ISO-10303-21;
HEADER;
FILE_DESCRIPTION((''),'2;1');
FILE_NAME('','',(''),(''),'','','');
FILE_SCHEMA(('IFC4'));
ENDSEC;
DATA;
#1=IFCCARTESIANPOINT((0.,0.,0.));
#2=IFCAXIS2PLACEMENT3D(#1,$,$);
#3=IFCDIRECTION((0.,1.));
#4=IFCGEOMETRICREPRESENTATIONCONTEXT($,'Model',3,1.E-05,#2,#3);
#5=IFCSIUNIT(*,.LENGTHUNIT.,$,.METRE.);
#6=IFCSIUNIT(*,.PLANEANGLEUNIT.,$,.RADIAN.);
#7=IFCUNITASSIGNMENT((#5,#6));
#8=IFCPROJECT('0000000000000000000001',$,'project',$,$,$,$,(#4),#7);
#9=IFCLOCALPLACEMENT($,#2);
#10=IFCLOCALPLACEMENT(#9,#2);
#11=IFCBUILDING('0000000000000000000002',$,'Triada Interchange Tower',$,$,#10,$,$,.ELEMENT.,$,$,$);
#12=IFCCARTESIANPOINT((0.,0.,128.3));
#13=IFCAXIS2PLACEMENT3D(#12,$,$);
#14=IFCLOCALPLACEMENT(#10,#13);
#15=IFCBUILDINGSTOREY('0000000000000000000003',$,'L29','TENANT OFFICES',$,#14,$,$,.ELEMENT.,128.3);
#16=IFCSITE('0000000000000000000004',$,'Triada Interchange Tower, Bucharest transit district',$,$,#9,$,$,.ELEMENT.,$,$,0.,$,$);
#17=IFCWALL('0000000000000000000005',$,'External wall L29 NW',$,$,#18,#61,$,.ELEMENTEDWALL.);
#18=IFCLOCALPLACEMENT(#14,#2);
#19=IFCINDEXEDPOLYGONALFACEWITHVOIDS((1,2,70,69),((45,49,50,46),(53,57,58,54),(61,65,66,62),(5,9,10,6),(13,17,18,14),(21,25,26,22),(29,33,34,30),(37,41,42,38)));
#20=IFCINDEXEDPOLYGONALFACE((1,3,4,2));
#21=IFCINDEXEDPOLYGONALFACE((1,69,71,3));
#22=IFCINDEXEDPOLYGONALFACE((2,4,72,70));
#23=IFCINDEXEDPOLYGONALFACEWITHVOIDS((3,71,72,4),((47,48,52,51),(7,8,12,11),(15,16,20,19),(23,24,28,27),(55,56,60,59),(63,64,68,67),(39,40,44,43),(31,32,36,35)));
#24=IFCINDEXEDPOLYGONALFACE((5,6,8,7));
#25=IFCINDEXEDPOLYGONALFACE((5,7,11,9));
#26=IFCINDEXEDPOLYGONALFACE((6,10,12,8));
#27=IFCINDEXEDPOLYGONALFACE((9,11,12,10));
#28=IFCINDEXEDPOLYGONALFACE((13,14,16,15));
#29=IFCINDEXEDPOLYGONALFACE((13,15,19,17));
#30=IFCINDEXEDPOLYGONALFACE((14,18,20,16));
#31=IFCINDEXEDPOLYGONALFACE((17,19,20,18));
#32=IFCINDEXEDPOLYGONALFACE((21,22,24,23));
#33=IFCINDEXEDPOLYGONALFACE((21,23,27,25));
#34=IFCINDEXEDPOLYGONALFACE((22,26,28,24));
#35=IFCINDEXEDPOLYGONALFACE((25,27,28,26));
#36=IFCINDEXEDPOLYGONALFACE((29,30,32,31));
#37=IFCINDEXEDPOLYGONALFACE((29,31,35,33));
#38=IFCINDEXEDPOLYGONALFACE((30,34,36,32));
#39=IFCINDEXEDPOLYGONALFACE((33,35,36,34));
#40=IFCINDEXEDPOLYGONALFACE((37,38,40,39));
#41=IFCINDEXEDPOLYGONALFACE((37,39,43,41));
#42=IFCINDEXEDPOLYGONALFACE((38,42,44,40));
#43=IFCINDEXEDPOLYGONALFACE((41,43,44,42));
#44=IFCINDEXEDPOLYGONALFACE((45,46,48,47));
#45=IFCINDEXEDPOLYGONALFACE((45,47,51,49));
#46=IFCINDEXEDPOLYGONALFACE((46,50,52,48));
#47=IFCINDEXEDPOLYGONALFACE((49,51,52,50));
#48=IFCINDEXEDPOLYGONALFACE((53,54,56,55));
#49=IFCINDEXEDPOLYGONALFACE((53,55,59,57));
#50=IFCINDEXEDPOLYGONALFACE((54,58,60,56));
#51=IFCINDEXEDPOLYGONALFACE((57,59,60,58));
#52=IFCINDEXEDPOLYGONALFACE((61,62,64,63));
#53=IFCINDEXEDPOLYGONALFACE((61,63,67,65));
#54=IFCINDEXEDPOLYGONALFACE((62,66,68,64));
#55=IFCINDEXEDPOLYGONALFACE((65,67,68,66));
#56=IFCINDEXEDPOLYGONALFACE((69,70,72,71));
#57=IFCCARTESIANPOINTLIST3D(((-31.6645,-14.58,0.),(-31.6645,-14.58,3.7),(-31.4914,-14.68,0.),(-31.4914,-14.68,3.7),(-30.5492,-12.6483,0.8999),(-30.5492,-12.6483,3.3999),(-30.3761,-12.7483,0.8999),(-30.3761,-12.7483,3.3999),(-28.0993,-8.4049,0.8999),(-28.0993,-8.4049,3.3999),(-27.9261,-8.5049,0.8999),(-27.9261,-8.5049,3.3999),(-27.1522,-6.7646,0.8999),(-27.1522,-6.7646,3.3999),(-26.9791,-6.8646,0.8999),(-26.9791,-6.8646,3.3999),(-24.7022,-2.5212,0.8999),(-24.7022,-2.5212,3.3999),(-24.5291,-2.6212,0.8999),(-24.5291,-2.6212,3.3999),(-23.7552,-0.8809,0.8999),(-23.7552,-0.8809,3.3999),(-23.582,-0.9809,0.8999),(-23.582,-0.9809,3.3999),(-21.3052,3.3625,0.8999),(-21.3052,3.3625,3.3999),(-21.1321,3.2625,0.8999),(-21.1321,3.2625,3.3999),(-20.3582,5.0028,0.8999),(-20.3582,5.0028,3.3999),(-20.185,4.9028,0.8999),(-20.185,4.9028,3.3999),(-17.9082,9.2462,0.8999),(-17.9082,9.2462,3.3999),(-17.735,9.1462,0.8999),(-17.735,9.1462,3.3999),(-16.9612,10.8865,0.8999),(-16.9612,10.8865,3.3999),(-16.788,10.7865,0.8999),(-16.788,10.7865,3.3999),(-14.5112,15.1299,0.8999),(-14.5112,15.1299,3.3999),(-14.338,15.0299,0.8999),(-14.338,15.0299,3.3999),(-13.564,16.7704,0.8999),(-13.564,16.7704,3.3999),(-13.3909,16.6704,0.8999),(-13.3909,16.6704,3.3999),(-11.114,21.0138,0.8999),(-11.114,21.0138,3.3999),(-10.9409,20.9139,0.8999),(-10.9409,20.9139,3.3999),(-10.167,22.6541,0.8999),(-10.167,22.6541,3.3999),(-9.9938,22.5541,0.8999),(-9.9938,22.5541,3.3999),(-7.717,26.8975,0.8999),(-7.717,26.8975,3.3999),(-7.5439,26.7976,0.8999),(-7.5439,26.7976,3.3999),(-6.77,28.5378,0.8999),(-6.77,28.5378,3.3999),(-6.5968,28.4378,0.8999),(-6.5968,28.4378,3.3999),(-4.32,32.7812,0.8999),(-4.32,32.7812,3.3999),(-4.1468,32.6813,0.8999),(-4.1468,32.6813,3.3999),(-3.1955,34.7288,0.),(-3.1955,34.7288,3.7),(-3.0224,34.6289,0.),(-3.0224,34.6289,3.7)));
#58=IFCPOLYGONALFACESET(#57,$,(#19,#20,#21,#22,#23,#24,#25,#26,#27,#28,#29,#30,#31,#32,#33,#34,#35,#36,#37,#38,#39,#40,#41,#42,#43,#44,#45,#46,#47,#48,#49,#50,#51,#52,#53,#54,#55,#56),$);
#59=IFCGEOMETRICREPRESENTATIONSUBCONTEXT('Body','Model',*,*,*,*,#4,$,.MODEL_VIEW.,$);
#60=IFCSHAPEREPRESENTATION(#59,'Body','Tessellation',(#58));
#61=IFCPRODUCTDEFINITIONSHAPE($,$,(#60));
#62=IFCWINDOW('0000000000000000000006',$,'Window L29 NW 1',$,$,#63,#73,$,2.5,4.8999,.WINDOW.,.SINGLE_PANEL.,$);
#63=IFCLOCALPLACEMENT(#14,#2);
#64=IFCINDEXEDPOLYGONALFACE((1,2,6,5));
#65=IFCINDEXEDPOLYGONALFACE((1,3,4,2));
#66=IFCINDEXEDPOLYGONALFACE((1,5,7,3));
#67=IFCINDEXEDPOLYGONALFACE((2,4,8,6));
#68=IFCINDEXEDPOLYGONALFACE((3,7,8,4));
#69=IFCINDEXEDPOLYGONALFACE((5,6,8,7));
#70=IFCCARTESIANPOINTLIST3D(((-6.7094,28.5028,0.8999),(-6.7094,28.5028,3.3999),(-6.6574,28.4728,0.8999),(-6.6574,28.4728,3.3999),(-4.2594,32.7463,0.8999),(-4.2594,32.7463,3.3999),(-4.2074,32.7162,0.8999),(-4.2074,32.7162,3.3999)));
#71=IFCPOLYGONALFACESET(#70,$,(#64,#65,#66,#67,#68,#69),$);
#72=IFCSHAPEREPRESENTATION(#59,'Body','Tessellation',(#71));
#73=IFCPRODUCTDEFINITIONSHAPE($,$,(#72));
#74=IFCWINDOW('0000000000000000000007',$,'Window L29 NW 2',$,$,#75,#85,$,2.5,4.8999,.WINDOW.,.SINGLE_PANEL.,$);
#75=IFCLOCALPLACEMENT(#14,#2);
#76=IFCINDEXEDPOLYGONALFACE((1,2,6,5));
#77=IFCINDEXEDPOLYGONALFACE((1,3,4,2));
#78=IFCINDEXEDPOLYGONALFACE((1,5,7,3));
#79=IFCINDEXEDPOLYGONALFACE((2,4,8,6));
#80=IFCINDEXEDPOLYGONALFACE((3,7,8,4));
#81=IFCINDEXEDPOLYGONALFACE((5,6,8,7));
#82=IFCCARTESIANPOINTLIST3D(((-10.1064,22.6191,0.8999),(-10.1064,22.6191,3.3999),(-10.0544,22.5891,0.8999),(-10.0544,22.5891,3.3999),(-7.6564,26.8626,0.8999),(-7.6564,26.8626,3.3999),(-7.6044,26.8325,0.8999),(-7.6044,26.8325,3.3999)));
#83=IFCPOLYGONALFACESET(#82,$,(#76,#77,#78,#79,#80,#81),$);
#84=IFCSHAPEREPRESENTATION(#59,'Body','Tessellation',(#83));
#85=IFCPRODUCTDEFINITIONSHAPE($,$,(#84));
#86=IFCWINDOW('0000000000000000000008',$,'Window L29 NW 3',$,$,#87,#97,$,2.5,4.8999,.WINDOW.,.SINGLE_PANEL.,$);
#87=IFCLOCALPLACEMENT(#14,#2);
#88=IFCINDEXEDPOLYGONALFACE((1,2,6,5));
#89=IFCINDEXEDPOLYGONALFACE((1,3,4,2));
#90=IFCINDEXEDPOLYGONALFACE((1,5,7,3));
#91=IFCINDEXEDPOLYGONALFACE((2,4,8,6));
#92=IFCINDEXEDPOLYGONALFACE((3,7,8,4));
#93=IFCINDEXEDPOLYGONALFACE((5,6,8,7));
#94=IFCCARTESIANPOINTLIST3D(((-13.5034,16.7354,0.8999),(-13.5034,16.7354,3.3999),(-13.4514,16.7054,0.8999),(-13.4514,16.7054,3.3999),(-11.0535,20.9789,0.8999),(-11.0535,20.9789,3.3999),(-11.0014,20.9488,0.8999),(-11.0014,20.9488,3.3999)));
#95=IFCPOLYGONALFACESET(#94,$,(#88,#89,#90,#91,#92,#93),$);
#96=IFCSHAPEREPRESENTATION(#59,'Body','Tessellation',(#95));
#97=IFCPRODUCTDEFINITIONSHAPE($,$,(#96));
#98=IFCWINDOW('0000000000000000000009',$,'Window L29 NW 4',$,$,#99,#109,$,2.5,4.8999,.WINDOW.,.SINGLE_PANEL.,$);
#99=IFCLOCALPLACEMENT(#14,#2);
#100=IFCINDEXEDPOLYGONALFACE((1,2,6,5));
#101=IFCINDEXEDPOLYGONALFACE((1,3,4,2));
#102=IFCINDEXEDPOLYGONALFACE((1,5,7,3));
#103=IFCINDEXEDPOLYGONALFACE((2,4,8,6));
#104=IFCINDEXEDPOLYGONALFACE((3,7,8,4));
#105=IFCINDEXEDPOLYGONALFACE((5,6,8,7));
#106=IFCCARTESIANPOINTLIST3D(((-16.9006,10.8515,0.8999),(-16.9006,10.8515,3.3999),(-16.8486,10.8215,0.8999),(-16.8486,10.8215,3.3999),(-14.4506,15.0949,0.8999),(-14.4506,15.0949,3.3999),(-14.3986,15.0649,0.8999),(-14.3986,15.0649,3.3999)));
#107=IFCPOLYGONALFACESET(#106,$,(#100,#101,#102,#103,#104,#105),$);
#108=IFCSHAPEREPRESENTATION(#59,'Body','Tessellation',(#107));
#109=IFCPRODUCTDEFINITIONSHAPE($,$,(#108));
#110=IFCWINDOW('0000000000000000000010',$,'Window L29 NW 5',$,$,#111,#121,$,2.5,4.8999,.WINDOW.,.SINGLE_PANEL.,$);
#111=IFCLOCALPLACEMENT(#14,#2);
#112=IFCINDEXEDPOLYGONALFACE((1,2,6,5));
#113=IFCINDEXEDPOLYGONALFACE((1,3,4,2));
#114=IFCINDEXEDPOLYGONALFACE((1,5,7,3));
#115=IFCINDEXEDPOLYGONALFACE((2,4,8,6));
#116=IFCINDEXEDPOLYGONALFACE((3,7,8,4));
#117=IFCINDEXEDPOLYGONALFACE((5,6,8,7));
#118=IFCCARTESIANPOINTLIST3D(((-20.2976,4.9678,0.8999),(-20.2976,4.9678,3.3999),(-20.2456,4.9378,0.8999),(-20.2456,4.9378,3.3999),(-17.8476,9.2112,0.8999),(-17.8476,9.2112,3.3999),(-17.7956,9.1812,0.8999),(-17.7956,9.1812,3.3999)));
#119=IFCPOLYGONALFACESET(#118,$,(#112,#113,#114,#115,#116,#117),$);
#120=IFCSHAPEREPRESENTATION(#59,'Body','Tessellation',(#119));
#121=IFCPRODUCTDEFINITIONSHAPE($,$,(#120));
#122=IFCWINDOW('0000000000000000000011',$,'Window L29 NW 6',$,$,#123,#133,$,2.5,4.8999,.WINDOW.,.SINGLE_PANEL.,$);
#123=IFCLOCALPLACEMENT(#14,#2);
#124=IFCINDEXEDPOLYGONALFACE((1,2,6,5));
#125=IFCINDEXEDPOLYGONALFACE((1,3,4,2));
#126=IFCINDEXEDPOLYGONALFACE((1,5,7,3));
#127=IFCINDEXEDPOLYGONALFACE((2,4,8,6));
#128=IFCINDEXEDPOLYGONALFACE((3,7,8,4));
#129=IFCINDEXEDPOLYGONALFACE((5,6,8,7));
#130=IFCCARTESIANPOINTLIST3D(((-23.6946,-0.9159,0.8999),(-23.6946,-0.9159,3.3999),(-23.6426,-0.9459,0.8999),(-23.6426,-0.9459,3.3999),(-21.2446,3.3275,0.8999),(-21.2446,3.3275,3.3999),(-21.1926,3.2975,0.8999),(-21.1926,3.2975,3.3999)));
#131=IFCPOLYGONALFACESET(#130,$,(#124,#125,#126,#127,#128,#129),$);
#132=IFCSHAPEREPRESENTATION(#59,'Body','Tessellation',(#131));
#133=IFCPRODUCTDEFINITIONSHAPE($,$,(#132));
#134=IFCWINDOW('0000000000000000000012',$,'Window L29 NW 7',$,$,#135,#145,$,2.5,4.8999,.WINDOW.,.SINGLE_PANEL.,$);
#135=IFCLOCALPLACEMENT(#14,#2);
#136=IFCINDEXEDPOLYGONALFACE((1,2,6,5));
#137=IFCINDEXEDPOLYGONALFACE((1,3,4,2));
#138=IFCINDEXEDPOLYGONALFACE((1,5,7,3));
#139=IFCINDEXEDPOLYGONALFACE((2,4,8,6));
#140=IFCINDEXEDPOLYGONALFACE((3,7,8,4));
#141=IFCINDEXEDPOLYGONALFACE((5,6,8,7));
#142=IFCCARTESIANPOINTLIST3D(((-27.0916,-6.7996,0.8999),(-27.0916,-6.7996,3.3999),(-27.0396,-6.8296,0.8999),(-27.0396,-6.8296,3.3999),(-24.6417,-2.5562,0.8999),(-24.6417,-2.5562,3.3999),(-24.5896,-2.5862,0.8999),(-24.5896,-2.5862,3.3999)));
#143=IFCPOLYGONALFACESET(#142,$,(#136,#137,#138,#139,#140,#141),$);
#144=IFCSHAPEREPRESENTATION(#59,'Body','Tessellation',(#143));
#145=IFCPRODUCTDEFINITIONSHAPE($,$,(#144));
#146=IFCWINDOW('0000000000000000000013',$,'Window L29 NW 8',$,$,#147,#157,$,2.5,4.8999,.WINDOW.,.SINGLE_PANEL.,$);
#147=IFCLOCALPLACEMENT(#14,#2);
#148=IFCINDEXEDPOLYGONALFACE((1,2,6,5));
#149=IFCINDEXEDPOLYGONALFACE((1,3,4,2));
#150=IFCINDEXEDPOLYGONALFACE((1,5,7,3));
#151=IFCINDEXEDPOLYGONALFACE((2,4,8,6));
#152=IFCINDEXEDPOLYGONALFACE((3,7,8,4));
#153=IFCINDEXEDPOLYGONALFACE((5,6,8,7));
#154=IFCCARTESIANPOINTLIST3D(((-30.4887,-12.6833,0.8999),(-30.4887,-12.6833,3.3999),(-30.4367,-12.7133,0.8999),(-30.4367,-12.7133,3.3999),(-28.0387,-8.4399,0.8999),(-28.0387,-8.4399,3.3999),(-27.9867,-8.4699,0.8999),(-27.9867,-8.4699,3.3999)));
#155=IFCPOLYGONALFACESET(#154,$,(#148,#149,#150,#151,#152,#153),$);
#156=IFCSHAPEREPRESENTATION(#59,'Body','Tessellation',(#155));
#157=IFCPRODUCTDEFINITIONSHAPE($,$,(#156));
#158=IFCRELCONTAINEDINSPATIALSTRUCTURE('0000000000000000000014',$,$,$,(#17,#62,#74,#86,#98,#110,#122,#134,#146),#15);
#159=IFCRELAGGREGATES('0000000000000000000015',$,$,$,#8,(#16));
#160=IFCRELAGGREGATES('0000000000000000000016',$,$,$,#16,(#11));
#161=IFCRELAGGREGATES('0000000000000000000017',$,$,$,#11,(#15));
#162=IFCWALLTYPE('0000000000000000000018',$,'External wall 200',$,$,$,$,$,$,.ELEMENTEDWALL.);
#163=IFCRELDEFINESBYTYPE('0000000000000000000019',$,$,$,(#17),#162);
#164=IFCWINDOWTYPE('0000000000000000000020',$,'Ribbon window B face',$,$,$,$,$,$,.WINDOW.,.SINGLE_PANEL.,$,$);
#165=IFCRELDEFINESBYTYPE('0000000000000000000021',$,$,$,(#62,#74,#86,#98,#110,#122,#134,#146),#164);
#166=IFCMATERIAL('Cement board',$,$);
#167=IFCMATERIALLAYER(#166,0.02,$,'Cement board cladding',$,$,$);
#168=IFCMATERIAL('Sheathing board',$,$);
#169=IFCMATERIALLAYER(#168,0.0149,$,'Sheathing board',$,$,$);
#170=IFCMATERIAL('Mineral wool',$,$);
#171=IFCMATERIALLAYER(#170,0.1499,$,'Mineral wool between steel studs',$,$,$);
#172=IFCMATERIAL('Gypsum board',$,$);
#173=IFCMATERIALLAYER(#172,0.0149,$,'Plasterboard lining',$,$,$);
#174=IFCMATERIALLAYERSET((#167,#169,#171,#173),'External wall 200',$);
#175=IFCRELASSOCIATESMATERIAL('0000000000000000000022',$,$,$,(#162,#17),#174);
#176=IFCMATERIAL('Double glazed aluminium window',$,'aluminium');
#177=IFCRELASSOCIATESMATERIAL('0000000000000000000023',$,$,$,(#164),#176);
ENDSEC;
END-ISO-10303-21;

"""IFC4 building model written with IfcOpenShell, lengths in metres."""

from ifc_helpers import new_model, si_unit, direction, frame, frame_2d, origin, place, context, subcontext, project, spatial, rectangle, extrude, material, layer, layer_set, layer_usage, type_object, element, fill, save


model = new_model("IFC4")

# Units and contexts
model_context = context("Model", 3, precision=1e-05, world=origin(), true_north=direction((0.0, 1.0)))
body_context = subcontext(model_context, "Body", "Model", "MODEL_VIEW")
ifc_project = project(units=[si_unit("LENGTHUNIT", "METRE"), si_unit("PLANEANGLEUNIT", "RADIAN")], contexts=[model_context])

# Site, building, storey
site_placement = place(None, origin())
site = spatial("IfcSite", under=ifc_project, at=site_placement, Name="Triada Interchange Tower, Bucharest transit district", CompositionType="ELEMENT", RefElevation=0.0)
building_placement = place(site_placement, origin())
building = spatial("IfcBuilding", under=site, at=building_placement, Name="Triada Interchange Tower", CompositionType="ELEMENT")
storey_placement = place(building_placement, frame((0.0, 0.0, 128.3)))
storey = spatial("IfcBuildingStorey", under=building, at=storey_placement, Name="L29", Description="TENANT OFFICES", CompositionType="ELEMENT", Elevation=128.3)

# Wall, openings, windows
ifc_material_1 = material(Name="Cement board")
ifc_layer_1 = layer(ifc_material_1, 0.02, Name="Cement board cladding")
ifc_material_2 = material(Name="Sheathing board")
ifc_layer_2 = layer(ifc_material_2, 0.0149, Name="Sheathing board")
ifc_material_3 = material(Name="Mineral wool")
ifc_layer_3 = layer(ifc_material_3, 0.1499, Name="Mineral wool between steel studs")
ifc_material_4 = material(Name="Gypsum board")
ifc_layer_4 = layer(ifc_material_4, 0.0149, Name="Plasterboard lining")
ifc_layer_set_1 = layer_set([ifc_layer_1, ifc_layer_2, ifc_layer_3, ifc_layer_4], Name="External wall 200")
ifc_layer_usage = layer_usage(ifc_layer_set_1, "AXIS2", "POSITIVE", -0.1001)
wall_type_1 = type_object("IfcWallType", Name="External wall 200", PredefinedType="ELEMENTEDWALL", material=ifc_layer_set_1)
wall_1_placement = place(storey_placement, frame((-3.1089, 34.679, 0.0), z_axis=(0.0, 0.0, 1.0), x_axis=(-0.500007, -0.866021, 0.0)))
wall_1 = element("IfcWall", 1, at=wall_1_placement, inside=storey, type_object=wall_type_1, material=ifc_layer_usage, Name="External wall L29 NW", PredefinedType="ELEMENTEDWALL", context=body_context, shape_type="SweptSolid", body=[
    extrude(rectangle(XDim=56.9373, YDim=0.2, at=frame_2d((28.4688, 0.0))), origin(), (0.0, 0.0, 1.0), 3.7),
])
opening_1_placement = place(wall_1_placement, frame((2.249, 0.0, 0.8999)))
opening_1 = element("IfcOpeningElement", 2, at=opening_1_placement, cuts=wall_1, PredefinedType="OPENING", context=body_context, shape_type="SweptSolid", body=[
    extrude(rectangle(XDim=4.8999, YDim=2.5, at=frame_2d((2.45, 1.25))), frame((0.0, 0.1099, 0.0), z_axis=(0.0, -1.0, 0.0), x_axis=(1.0, 0.0, 0.0)), (0.0, 0.0, 1.0), 0.22),
])
opening_2_placement = place(wall_1_placement, frame((9.043, 0.0, 0.8999)))
opening_2 = element("IfcOpeningElement", 3, at=opening_2_placement, cuts=wall_1, PredefinedType="OPENING", context=body_context, shape_type="SweptSolid", body=[
    extrude(rectangle(XDim=4.8999, YDim=2.5, at=frame_2d((2.45, 1.25))), frame((0.0, 0.1099, 0.0), z_axis=(0.0, -1.0, 0.0), x_axis=(1.0, 0.0, 0.0)), (0.0, 0.0, 1.0), 0.22),
])
opening_3_placement = place(wall_1_placement, frame((15.8369, 0.0, 0.8999)))
opening_3 = element("IfcOpeningElement", 4, at=opening_3_placement, cuts=wall_1, PredefinedType="OPENING", context=body_context, shape_type="SweptSolid", body=[
    extrude(rectangle(XDim=4.8999, YDim=2.5, at=frame_2d((2.45, 1.25))), frame((0.0, 0.1099, 0.0), z_axis=(0.0, -1.0, 0.0), x_axis=(1.0, 0.0, 0.0)), (0.0, 0.0, 1.0), 0.22),
])
opening_4_placement = place(wall_1_placement, frame((22.6311, 0.0, 0.8999)))
opening_4 = element("IfcOpeningElement", 5, at=opening_4_placement, cuts=wall_1, PredefinedType="OPENING", context=body_context, shape_type="SweptSolid", body=[
    extrude(rectangle(XDim=4.8999, YDim=2.5, at=frame_2d((2.45, 1.25))), frame((0.0, 0.1099, 0.0), z_axis=(0.0, -1.0, 0.0), x_axis=(1.0, 0.0, 0.0)), (0.0, 0.0, 1.0), 0.22),
])
opening_5_placement = place(wall_1_placement, frame((29.425, 0.0, 0.8999)))
opening_5 = element("IfcOpeningElement", 6, at=opening_5_placement, cuts=wall_1, PredefinedType="OPENING", context=body_context, shape_type="SweptSolid", body=[
    extrude(rectangle(XDim=4.8999, YDim=2.5, at=frame_2d((2.45, 1.25))), frame((0.0, 0.1099, 0.0), z_axis=(0.0, -1.0, 0.0), x_axis=(1.0, 0.0, 0.0)), (0.0, 0.0, 1.0), 0.22),
])
opening_6_placement = place(wall_1_placement, frame((36.219, 0.0, 0.8999)))
opening_6 = element("IfcOpeningElement", 7, at=opening_6_placement, cuts=wall_1, PredefinedType="OPENING", context=body_context, shape_type="SweptSolid", body=[
    extrude(rectangle(XDim=4.8999, YDim=2.5, at=frame_2d((2.45, 1.25))), frame((0.0, 0.1099, 0.0), z_axis=(0.0, -1.0, 0.0), x_axis=(1.0, 0.0, 0.0)), (0.0, 0.0, 1.0), 0.22),
])
opening_7_placement = place(wall_1_placement, frame((43.0129, 0.0, 0.8999)))
opening_7 = element("IfcOpeningElement", 8, at=opening_7_placement, cuts=wall_1, PredefinedType="OPENING", context=body_context, shape_type="SweptSolid", body=[
    extrude(rectangle(XDim=4.8999, YDim=2.5, at=frame_2d((2.45, 1.25))), frame((0.0, 0.1099, 0.0), z_axis=(0.0, -1.0, 0.0), x_axis=(1.0, 0.0, 0.0)), (0.0, 0.0, 1.0), 0.22),
])
opening_8_placement = place(wall_1_placement, frame((49.8069, 0.0, 0.8999)))
opening_8 = element("IfcOpeningElement", 9, at=opening_8_placement, cuts=wall_1, PredefinedType="OPENING", context=body_context, shape_type="SweptSolid", body=[
    extrude(rectangle(XDim=4.8999, YDim=2.5, at=frame_2d((2.45, 1.25))), frame((0.0, 0.1099, 0.0), z_axis=(0.0, -1.0, 0.0), x_axis=(1.0, 0.0, 0.0)), (0.0, 0.0, 1.0), 0.22),
])
ifc_material_5 = material(Name="Double glazed aluminium window", Category="aluminium")
window_type = type_object("IfcWindowType", Name="Ribbon window B face", PartitioningType="SINGLE_PANEL", PredefinedType="WINDOW", material=ifc_material_5)
window_1_placement = place(opening_1_placement, origin())
window_1 = element("IfcWindow", 10, at=window_1_placement, inside=storey, type_object=window_type, Name="Window L29 NW 1", OverallHeight=2.5, OverallWidth=4.8999, PartitioningType="SINGLE_PANEL", PredefinedType="WINDOW", context=body_context, shape_type="SweptSolid", body=[
    extrude(rectangle(XDim=4.8999, YDim=2.5, at=frame_2d((2.45, 1.25))), frame((0.0, 0.03, 0.0), z_axis=(0.0, -1.0, 0.0), x_axis=(1.0, 0.0, 0.0)), (0.0, 0.0, 1.0), 0.0601),
])
fill(opening_1, window_1)
window_2_placement = place(opening_2_placement, origin())
window_2 = element("IfcWindow", 11, at=window_2_placement, inside=storey, type_object=window_type, Name="Window L29 NW 2", OverallHeight=2.5, OverallWidth=4.8999, PartitioningType="SINGLE_PANEL", PredefinedType="WINDOW", context=body_context, shape_type="SweptSolid", body=[
    extrude(rectangle(XDim=4.8999, YDim=2.5, at=frame_2d((2.45, 1.25))), frame((0.0, 0.03, 0.0), z_axis=(0.0, -1.0, 0.0), x_axis=(1.0, 0.0, 0.0)), (0.0, 0.0, 1.0), 0.0601),
])
fill(opening_2, window_2)
window_3_placement = place(opening_3_placement, origin())
window_3 = element("IfcWindow", 12, at=window_3_placement, inside=storey, type_object=window_type, Name="Window L29 NW 3", OverallHeight=2.5, OverallWidth=4.8999, PartitioningType="SINGLE_PANEL", PredefinedType="WINDOW", context=body_context, shape_type="SweptSolid", body=[
    extrude(rectangle(XDim=4.8999, YDim=2.5, at=frame_2d((2.45, 1.25))), frame((0.0, 0.03, 0.0), z_axis=(0.0, -1.0, 0.0), x_axis=(1.0, 0.0, 0.0)), (0.0, 0.0, 1.0), 0.0601),
])
fill(opening_3, window_3)
window_4_placement = place(opening_4_placement, origin())
window_4 = element("IfcWindow", 13, at=window_4_placement, inside=storey, type_object=window_type, Name="Window L29 NW 4", OverallHeight=2.5, OverallWidth=4.8999, PartitioningType="SINGLE_PANEL", PredefinedType="WINDOW", context=body_context, shape_type="SweptSolid", body=[
    extrude(rectangle(XDim=4.8999, YDim=2.5, at=frame_2d((2.45, 1.25))), frame((0.0, 0.03, 0.0), z_axis=(0.0, -1.0, 0.0), x_axis=(1.0, 0.0, 0.0)), (0.0, 0.0, 1.0), 0.0601),
])
fill(opening_4, window_4)
window_5_placement = place(opening_5_placement, origin())
window_5 = element("IfcWindow", 14, at=window_5_placement, inside=storey, type_object=window_type, Name="Window L29 NW 5", OverallHeight=2.5, OverallWidth=4.8999, PartitioningType="SINGLE_PANEL", PredefinedType="WINDOW", context=body_context, shape_type="SweptSolid", body=[
    extrude(rectangle(XDim=4.8999, YDim=2.5, at=frame_2d((2.45, 1.25))), frame((0.0, 0.03, 0.0), z_axis=(0.0, -1.0, 0.0), x_axis=(1.0, 0.0, 0.0)), (0.0, 0.0, 1.0), 0.0601),
])
fill(opening_5, window_5)
window_6_placement = place(opening_6_placement, origin())
window_6 = element("IfcWindow", 15, at=window_6_placement, inside=storey, type_object=window_type, Name="Window L29 NW 6", OverallHeight=2.5, OverallWidth=4.8999, PartitioningType="SINGLE_PANEL", PredefinedType="WINDOW", context=body_context, shape_type="SweptSolid", body=[
    extrude(rectangle(XDim=4.8999, YDim=2.5, at=frame_2d((2.45, 1.25))), frame((0.0, 0.03, 0.0), z_axis=(0.0, -1.0, 0.0), x_axis=(1.0, 0.0, 0.0)), (0.0, 0.0, 1.0), 0.0601),
])
fill(opening_6, window_6)
window_7_placement = place(opening_7_placement, origin())
window_7 = element("IfcWindow", 16, at=window_7_placement, inside=storey, type_object=window_type, Name="Window L29 NW 7", OverallHeight=2.5, OverallWidth=4.8999, PartitioningType="SINGLE_PANEL", PredefinedType="WINDOW", context=body_context, shape_type="SweptSolid", body=[
    extrude(rectangle(XDim=4.8999, YDim=2.5, at=frame_2d((2.45, 1.25))), frame((0.0, 0.03, 0.0), z_axis=(0.0, -1.0, 0.0), x_axis=(1.0, 0.0, 0.0)), (0.0, 0.0, 1.0), 0.0601),
])
fill(opening_7, window_7)
window_8_placement = place(opening_8_placement, origin())
window_8 = element("IfcWindow", 17, at=window_8_placement, inside=storey, type_object=window_type, Name="Window L29 NW 8", OverallHeight=2.5, OverallWidth=4.8999, PartitioningType="SINGLE_PANEL", PredefinedType="WINDOW", context=body_context, shape_type="SweptSolid", body=[
    extrude(rectangle(XDim=4.8999, YDim=2.5, at=frame_2d((2.45, 1.25))), frame((0.0, 0.03, 0.0), z_axis=(0.0, -1.0, 0.0), x_axis=(1.0, 0.0, 0.0)), (0.0, 0.0, 1.0), 0.0601),
])
fill(opening_8, window_8)

save(model, "model.ifc")
